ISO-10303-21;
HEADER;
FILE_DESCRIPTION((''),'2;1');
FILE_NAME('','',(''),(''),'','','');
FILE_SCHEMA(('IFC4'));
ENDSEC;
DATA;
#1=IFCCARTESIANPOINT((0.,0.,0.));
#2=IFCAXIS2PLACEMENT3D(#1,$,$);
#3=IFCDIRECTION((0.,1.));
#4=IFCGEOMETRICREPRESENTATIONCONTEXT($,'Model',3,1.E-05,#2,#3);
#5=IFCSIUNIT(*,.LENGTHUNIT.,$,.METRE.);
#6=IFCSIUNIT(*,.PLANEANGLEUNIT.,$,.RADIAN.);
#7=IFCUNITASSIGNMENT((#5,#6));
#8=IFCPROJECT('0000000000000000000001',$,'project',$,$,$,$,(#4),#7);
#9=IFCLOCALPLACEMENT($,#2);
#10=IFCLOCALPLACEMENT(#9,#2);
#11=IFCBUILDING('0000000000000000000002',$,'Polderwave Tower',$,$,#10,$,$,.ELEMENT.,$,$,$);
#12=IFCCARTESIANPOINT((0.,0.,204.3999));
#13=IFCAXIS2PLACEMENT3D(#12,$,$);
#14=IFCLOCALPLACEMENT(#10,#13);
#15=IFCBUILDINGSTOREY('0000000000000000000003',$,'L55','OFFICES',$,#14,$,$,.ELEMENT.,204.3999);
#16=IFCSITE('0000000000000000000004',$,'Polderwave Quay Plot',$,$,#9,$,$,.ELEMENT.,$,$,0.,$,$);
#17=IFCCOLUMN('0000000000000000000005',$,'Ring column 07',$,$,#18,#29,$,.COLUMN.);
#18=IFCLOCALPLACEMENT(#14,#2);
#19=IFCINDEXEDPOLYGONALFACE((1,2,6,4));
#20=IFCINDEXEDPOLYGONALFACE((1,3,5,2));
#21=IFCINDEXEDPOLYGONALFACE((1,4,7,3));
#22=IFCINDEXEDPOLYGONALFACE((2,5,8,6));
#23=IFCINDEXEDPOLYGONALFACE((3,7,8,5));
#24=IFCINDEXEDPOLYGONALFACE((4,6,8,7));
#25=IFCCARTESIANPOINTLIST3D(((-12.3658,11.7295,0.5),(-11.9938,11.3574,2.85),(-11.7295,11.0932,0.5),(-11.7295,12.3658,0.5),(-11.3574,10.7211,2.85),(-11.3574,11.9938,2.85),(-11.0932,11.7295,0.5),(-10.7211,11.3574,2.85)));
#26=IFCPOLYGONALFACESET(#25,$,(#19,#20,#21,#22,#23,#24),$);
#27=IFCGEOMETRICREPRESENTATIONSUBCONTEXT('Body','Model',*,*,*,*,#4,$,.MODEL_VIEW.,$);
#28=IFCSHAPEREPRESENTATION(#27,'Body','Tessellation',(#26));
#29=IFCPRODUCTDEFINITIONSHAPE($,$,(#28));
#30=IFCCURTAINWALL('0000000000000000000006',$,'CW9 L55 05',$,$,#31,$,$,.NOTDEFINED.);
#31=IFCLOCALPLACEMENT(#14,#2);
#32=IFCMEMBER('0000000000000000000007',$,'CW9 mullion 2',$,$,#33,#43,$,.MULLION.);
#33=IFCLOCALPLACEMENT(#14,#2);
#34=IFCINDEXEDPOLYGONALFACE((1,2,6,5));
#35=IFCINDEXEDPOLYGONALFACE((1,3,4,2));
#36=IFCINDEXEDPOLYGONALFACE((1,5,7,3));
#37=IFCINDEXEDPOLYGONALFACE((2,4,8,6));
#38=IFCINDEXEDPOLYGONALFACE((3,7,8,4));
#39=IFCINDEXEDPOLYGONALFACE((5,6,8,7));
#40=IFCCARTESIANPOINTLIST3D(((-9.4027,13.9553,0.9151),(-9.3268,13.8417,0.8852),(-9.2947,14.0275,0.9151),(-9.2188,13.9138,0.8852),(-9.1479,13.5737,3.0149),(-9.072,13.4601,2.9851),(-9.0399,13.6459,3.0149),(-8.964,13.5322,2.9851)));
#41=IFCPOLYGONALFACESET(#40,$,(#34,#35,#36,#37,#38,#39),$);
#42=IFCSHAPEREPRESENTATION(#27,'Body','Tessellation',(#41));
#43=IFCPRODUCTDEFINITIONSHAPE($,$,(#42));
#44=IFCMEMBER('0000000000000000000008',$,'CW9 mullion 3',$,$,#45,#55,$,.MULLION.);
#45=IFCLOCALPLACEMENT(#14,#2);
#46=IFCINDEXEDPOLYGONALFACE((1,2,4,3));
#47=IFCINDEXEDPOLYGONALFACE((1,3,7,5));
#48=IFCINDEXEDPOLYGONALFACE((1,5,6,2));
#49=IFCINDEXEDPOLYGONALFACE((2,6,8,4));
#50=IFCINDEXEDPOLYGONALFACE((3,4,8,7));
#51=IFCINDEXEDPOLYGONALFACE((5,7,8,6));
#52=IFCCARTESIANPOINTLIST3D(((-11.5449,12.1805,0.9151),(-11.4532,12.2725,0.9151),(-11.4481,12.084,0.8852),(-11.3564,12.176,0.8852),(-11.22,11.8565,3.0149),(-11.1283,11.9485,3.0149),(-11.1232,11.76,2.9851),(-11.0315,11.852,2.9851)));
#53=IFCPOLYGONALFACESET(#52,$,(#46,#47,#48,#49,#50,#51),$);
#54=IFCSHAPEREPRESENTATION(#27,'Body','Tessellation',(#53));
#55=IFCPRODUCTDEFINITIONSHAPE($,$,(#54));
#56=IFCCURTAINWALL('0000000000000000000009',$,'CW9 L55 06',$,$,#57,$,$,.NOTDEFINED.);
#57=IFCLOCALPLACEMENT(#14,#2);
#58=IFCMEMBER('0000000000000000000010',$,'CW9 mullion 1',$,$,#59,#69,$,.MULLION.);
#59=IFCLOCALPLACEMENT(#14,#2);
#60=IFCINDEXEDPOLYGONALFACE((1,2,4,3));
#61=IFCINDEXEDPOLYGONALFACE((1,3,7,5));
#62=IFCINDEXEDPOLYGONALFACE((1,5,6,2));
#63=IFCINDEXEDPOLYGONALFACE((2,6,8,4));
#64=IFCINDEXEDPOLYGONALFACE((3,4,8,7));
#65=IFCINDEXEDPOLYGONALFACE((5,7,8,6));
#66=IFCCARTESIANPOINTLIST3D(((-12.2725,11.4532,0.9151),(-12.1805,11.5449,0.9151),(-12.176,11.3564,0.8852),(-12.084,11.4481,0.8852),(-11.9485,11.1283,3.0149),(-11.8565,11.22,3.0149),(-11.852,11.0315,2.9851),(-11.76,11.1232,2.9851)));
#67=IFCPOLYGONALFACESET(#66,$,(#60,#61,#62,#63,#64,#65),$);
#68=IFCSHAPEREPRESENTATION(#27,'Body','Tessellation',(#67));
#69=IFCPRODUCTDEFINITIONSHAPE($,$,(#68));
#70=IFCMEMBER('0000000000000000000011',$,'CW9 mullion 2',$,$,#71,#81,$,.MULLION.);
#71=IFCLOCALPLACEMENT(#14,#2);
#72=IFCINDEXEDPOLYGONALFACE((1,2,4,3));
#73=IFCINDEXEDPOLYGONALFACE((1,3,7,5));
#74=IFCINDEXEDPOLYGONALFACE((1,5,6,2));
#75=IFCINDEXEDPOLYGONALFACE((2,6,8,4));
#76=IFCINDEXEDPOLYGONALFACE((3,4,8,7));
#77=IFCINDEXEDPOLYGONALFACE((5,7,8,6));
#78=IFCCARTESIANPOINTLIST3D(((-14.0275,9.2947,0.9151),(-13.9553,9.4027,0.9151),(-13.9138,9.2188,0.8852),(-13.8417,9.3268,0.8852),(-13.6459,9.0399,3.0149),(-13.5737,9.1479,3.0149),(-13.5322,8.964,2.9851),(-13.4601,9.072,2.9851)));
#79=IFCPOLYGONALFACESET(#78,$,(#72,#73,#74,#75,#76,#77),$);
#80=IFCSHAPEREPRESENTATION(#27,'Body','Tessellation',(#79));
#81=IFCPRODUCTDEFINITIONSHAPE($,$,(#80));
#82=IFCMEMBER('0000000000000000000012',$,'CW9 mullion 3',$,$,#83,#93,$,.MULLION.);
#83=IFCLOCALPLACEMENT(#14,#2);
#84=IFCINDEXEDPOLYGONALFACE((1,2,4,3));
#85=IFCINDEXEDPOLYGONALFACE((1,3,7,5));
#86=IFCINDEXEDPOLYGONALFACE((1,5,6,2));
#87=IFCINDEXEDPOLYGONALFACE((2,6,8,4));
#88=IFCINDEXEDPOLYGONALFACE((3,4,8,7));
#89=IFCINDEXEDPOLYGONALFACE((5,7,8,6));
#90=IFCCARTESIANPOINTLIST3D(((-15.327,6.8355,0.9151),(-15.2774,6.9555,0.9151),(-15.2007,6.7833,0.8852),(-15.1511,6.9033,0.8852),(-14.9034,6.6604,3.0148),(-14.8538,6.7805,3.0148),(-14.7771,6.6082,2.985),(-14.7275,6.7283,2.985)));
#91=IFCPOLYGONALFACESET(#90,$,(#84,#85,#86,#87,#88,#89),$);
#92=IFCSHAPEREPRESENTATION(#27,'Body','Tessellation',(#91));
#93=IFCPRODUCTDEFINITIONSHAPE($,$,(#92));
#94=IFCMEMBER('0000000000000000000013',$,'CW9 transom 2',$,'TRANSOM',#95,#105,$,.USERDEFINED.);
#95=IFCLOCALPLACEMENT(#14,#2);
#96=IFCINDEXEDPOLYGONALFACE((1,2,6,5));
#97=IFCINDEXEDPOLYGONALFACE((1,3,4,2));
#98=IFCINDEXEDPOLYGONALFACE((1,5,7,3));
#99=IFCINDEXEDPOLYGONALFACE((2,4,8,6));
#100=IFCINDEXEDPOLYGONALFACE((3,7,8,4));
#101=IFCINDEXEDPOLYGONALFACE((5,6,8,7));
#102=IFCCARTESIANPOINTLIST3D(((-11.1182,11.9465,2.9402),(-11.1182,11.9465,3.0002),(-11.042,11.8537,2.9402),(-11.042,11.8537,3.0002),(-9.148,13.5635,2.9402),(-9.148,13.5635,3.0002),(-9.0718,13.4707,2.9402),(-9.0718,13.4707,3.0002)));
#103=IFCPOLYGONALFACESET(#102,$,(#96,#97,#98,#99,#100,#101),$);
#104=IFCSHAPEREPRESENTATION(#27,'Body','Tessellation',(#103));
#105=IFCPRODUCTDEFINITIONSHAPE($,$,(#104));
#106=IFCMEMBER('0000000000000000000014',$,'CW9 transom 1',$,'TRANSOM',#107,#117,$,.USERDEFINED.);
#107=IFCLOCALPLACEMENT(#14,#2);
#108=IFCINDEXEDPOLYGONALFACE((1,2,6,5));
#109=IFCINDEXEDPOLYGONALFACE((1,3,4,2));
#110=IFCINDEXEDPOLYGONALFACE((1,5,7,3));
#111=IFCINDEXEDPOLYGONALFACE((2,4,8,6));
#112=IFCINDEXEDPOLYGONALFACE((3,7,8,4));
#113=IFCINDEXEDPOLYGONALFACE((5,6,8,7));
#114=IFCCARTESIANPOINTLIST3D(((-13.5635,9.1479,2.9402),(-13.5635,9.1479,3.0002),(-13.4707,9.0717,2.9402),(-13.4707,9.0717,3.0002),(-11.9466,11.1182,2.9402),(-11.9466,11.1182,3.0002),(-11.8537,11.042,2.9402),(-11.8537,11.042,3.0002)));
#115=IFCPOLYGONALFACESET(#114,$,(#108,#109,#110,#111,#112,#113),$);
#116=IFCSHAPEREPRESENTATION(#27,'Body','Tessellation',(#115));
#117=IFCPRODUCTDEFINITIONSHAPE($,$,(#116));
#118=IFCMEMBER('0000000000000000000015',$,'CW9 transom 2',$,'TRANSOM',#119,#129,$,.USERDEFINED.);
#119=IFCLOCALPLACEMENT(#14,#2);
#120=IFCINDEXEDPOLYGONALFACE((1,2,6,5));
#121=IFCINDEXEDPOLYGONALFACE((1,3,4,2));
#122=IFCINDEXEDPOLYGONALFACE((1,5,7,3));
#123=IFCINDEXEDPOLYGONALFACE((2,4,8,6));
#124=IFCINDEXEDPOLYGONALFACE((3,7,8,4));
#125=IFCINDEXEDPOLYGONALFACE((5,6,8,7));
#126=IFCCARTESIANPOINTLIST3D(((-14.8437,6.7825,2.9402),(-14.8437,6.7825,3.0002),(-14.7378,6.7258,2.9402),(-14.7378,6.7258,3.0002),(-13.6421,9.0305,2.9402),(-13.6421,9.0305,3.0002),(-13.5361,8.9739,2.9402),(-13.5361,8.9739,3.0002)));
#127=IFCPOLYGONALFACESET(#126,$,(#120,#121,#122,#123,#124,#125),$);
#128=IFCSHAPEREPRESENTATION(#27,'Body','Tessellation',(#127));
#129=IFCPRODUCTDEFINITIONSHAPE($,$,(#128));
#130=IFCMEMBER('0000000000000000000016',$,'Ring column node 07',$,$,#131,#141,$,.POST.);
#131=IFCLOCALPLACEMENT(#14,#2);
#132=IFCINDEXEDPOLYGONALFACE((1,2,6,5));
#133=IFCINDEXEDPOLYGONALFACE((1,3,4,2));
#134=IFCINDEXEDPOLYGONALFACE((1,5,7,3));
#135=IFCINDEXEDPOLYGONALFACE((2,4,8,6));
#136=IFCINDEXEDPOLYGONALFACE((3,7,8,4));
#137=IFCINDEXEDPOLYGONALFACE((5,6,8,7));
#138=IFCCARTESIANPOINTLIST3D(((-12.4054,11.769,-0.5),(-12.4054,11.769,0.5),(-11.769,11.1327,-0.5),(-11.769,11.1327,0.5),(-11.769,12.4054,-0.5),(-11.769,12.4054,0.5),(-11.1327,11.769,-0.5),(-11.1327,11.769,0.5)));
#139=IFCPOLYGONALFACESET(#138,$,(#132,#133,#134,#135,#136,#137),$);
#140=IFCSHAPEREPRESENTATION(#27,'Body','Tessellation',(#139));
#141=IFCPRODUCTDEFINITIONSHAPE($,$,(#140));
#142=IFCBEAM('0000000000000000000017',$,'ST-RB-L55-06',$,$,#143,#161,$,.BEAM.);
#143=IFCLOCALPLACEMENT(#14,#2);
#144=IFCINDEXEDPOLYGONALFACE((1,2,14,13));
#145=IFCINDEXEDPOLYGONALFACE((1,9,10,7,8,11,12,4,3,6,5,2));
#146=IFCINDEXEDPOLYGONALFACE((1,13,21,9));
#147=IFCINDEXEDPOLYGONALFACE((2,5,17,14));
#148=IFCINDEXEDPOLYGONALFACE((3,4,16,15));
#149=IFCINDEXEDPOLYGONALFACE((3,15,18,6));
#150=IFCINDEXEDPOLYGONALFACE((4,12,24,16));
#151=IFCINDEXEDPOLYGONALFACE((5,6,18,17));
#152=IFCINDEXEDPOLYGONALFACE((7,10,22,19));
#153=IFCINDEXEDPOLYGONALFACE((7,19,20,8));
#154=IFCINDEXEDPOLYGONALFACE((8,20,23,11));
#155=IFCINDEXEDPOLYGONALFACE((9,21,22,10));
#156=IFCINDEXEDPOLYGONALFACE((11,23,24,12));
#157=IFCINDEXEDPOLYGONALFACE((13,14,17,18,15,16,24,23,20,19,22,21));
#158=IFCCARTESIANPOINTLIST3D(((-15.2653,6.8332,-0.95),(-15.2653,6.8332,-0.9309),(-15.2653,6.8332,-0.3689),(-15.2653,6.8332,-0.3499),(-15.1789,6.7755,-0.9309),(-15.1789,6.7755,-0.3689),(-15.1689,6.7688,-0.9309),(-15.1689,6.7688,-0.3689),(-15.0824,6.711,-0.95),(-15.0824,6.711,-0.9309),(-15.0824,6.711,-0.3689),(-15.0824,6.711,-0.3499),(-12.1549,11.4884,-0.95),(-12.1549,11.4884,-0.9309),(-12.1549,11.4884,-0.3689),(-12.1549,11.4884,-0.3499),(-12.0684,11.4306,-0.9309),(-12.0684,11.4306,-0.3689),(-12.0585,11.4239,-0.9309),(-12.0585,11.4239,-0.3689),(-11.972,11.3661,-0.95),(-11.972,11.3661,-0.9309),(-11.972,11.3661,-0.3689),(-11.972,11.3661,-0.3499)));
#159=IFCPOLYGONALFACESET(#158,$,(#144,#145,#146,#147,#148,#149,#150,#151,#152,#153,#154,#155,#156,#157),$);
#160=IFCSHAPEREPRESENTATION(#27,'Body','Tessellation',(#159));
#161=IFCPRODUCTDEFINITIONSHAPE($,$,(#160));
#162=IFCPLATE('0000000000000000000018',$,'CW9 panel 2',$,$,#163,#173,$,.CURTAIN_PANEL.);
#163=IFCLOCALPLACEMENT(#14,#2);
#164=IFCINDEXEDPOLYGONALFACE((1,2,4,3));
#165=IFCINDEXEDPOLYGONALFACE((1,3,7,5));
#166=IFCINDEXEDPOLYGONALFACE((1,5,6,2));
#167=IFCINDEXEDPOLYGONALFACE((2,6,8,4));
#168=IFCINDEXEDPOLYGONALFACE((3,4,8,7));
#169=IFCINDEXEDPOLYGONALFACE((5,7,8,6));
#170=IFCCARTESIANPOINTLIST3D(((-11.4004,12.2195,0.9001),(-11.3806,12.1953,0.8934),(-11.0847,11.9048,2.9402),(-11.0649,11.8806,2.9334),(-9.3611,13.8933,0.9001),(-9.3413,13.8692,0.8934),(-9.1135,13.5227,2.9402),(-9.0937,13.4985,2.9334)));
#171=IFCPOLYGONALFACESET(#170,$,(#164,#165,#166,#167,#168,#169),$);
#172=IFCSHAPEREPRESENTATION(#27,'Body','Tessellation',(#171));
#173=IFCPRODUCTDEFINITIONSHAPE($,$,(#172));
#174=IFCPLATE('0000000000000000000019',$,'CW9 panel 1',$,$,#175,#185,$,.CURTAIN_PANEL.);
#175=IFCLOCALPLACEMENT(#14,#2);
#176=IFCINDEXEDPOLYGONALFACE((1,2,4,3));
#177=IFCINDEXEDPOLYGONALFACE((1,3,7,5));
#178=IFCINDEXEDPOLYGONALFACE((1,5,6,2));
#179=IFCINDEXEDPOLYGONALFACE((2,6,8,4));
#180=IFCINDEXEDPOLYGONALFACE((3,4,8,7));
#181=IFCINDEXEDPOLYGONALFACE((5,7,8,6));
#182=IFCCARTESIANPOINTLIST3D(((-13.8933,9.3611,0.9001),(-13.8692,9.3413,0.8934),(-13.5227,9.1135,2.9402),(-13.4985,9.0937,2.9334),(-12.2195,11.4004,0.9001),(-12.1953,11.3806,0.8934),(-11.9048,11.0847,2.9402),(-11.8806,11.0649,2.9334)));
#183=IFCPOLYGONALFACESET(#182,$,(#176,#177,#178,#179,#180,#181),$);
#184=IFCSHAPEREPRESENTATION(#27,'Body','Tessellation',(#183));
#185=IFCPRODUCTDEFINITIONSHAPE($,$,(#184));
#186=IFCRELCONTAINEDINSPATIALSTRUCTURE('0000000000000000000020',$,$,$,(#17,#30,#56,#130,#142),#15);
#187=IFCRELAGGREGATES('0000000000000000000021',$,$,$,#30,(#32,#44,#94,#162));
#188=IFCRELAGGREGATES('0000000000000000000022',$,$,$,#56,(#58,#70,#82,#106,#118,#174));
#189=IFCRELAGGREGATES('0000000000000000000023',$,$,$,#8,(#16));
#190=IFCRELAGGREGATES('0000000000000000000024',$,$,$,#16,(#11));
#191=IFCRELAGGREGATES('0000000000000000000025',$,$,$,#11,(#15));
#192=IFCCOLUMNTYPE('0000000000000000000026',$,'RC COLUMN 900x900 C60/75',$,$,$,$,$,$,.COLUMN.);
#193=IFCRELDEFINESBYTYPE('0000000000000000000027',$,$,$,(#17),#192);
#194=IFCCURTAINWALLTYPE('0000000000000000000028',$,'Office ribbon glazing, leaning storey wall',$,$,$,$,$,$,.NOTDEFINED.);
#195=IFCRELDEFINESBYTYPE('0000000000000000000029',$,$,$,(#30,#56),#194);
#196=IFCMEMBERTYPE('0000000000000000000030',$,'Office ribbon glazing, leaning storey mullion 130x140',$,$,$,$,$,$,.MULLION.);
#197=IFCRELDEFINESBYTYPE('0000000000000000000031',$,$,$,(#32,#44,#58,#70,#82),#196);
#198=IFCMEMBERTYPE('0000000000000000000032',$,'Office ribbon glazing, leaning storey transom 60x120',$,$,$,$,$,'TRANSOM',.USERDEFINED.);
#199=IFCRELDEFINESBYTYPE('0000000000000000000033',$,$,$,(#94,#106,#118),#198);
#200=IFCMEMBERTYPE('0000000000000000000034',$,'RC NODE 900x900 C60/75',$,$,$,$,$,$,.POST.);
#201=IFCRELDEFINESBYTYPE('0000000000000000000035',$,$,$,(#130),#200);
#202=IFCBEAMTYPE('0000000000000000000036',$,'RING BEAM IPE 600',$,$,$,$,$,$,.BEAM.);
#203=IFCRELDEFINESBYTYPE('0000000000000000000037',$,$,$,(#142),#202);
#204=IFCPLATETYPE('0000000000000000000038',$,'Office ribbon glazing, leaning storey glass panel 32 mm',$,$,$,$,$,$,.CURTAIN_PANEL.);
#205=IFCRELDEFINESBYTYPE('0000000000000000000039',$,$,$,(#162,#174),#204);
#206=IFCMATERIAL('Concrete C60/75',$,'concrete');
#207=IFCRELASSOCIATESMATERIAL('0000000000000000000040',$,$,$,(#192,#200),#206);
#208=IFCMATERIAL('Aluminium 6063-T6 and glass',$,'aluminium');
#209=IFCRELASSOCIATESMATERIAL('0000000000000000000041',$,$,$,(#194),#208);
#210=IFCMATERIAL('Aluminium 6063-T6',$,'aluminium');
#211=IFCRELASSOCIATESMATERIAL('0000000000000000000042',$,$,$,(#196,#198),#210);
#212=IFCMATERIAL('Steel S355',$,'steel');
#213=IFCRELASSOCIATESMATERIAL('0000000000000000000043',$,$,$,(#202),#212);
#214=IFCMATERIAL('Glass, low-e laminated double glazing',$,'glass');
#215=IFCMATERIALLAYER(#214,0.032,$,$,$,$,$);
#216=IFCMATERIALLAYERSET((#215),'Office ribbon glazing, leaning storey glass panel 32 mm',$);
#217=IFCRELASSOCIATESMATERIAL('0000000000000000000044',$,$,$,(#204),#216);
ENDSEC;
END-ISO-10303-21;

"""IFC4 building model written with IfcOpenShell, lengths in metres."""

from ifc_helpers import new_model, si_unit, direction, frame, origin, origin_2d, place, context, subcontext, project, spatial, polyline, rectangle, i_section, outline, extrude, material, layer, layer_set, material_profile, profile_set, type_object, element, aggregate, save


model = new_model("IFC4")

# Units and contexts
model_context = context("Model", 3, precision=1e-05, world=origin(), true_north=direction((0.0, 1.0)))
body_context = subcontext(model_context, "Body", "Model", "MODEL_VIEW")
ifc_project = project(units=[si_unit("LENGTHUNIT", "METRE"), si_unit("PLANEANGLEUNIT", "RADIAN")], contexts=[model_context])

# Site, building, storey
site_placement = place(None, origin())
site = spatial("IfcSite", under=ifc_project, at=site_placement, Name="Polderwave Quay Plot", CompositionType="ELEMENT", RefElevation=0.0)
building_placement = place(site_placement, origin())
building = spatial("IfcBuilding", under=site, at=building_placement, Name="Polderwave Tower", CompositionType="ELEMENT")
storey_placement = place(building_placement, frame((0.0, 0.0, 204.3999)))
storey = spatial("IfcBuildingStorey", under=building, at=storey_placement, Name="L55", Description="OFFICES", CompositionType="ELEMENT", Elevation=204.3999)

# Column
ifc_material_1 = material(Name="Concrete C60/75", Category="concrete")
ifc_material_profile_1 = material_profile(ifc_material_1, rectangle(XDim=0.8999, YDim=0.8999, at=origin_2d()), Name="RC 900x900")
ifc_profile_set_1 = profile_set([ifc_material_profile_1], Name="Concrete C60/75")
column_type = type_object("IfcColumnType", Name="RC COLUMN 900x900 C60/75", PredefinedType="COLUMN", material=ifc_profile_set_1)
column_placement = place(storey_placement, frame((-11.7295, 11.7295, 0.5), z_axis=(0.0, 0.0, 1.0), x_axis=(0.707107, 0.707107, 0.0)))
element("IfcColumn", 1, at=column_placement, inside=storey, type_object=column_type, Name="Ring column 07", PredefinedType="COLUMN", context=body_context, shape_type="SweptSolid", body=[
    extrude(rectangle(XDim=0.8999, YDim=0.8999, at=origin_2d()), origin(), (0.0, -0.21849, 0.975839), 2.4082),
])

# Curtain walls, members
ifc_material_2 = material(Name="Aluminium 6063-T6 and glass", Category="aluminium")
curtain_wall_type = type_object("IfcCurtainWallType", Name="Office ribbon glazing, leaning storey wall", PredefinedType="NOTDEFINED", material=ifc_material_2)
curtain_wall_1_placement = place(storey_placement, origin())
curtain_wall_1 = element("IfcCurtainWall", 2, at=curtain_wall_1_placement, inside=storey, type_object=curtain_wall_type, Name="CW9 L55 05", PredefinedType="NOTDEFINED")
ifc_material_3 = material(Name="Aluminium 6063-T6", Category="aluminium")
ifc_material_profile_2 = material_profile(ifc_material_3, rectangle(XDim=0.1299, YDim=0.1399, at=origin_2d()), Name="AL 130x140")
ifc_profile_set_2 = profile_set([ifc_material_profile_2], Name="Aluminium 6063-T6")
member_type_1 = type_object("IfcMemberType", Name="Office ribbon glazing, leaning storey mullion 130x140", PredefinedType="MULLION", material=ifc_profile_set_2)
member_1_placement = place(storey_placement, frame((-9.3108, 13.9346, 0.9001), z_axis=(0.118583, -0.177533, 0.976944), x_axis=(0.831559, 0.555437, 0.0)))
member_1 = element("IfcMember", 3, at=member_1_placement, type_object=member_type_1, Name="CW9 mullion 2", PredefinedType="MULLION", context=body_context, shape_type="SweptSolid", body=[
    extrude(rectangle(XDim=0.1299, YDim=0.1399, at=origin_2d()), origin(), (0.0, 0.0, 1.0), 2.1494),
])
member_2_placement = place(storey_placement, frame((-11.4507, 12.1782, 0.9001), z_axis=(0.151182, -0.150728, 0.976947), x_axis=(0.706042, 0.70817, 0.0)))
member_2 = element("IfcMember", 4, at=member_2_placement, type_object=member_type_1, Name="CW9 mullion 3", PredefinedType="MULLION", context=body_context, shape_type="SweptSolid", body=[
    extrude(rectangle(XDim=0.1299, YDim=0.1399, at=origin_2d()), origin(), (0.0, 0.0, 1.0), 2.1494),
])
curtain_wall_2_placement = place(storey_placement, origin())
curtain_wall_2 = element("IfcCurtainWall", 5, at=curtain_wall_2_placement, inside=storey, type_object=curtain_wall_type, Name="CW9 L55 06", PredefinedType="NOTDEFINED")
member_3_placement = place(storey_placement, frame((-12.1782, 11.4507, 0.9001), z_axis=(0.150728, -0.151182, 0.976947), x_axis=(0.70817, 0.706042, 0.0)))
member_3 = element("IfcMember", 6, at=member_3_placement, type_object=member_type_1, Name="CW9 mullion 1", PredefinedType="MULLION", context=body_context, shape_type="SweptSolid", body=[
    extrude(rectangle(XDim=0.1299, YDim=0.1399, at=origin_2d()), origin(), (0.0, 0.0, 1.0), 2.1494),
])
member_4_placement = place(storey_placement, frame((-13.9346, 9.3108, 0.9001), z_axis=(0.177533, -0.118583, 0.976944), x_axis=(0.555437, 0.831559, 0.0)))
member_4 = element("IfcMember", 7, at=member_4_placement, type_object=member_type_1, Name="CW9 mullion 2", PredefinedType="MULLION", context=body_context, shape_type="SweptSolid", body=[
    extrude(rectangle(XDim=0.1299, YDim=0.1399, at=origin_2d()), origin(), (0.0, 0.0, 1.0), 2.1494),
])
member_5_placement = place(storey_placement, frame((-15.239, 6.8694, 0.9001), z_axis=(0.197081, -0.081445, 0.976998), x_axis=(0.381928, 0.924192, 0.0)))
member_5 = element("IfcMember", 8, at=member_5_placement, type_object=member_type_1, Name="CW9 mullion 3", PredefinedType="MULLION", context=body_context, shape_type="SweptSolid", body=[
    extrude(rectangle(XDim=0.1299, YDim=0.1399, at=origin_2d()), origin(), (0.0, 0.0, 1.0), 2.1492),
])

# Members
ifc_material_profile_3 = material_profile(ifc_material_3, rectangle(XDim=0.1201, YDim=0.0601, at=origin_2d()), Name="AL 60x120")
ifc_profile_set_3 = profile_set([ifc_material_profile_3], Name="Aluminium 6063-T6")
member_type_2 = type_object("IfcMemberType", Name="Office ribbon glazing, leaning storey transom 60x120", ElementType="TRANSOM", PredefinedType="USERDEFINED", material=ifc_profile_set_3)
member_6_placement = place(storey_placement, frame((-9.1099, 13.5171, 2.9702), z_axis=(-0.773005, -0.6344, 0.0), x_axis=(0.6344, -0.773005, 0.0)))
member_6 = element("IfcMember", 9, at=member_6_placement, type_object=member_type_2, Name="CW9 transom 2", ObjectType="TRANSOM", PredefinedType="USERDEFINED", context=body_context, shape_type="SweptSolid", body=[
    extrude(rectangle(XDim=0.1201, YDim=0.0601, at=origin_2d()), origin(), (0.0, 0.0, 1.0), 2.5488),
])
member_7_placement = place(storey_placement, frame((-11.9001, 11.0801, 2.9702), z_axis=(-0.6344, -0.773005, 0.0), x_axis=(0.773005, -0.6344, 0.0)))
member_7 = element("IfcMember", 10, at=member_7_placement, type_object=member_type_2, Name="CW9 transom 1", ObjectType="TRANSOM", PredefinedType="USERDEFINED", context=body_context, shape_type="SweptSolid", body=[
    extrude(rectangle(XDim=0.1201, YDim=0.0601, at=origin_2d()), origin(), (0.0, 0.0, 1.0), 2.5488),
])
member_8_placement = place(storey_placement, frame((-13.5891, 9.0022, 2.9702), z_axis=(-0.471413, -0.881912, 0.0), x_axis=(0.881912, -0.471413, 0.0)))
member_8 = element("IfcMember", 11, at=member_8_placement, type_object=member_type_2, Name="CW9 transom 2", ObjectType="TRANSOM", PredefinedType="USERDEFINED", context=body_context, shape_type="SweptSolid", body=[
    extrude(rectangle(XDim=0.1201, YDim=0.0601, at=origin_2d()), origin(), (0.0, 0.0, 1.0), 2.5491),
])
ifc_material_profile_4 = material_profile(ifc_material_1, rectangle(XDim=0.8999, YDim=0.8999, at=origin_2d()), Name="RC 900x900")
ifc_profile_set_4 = profile_set([ifc_material_profile_4], Name="Concrete C60/75")
member_type_3 = type_object("IfcMemberType", Name="RC NODE 900x900 C60/75", PredefinedType="POST", material=ifc_profile_set_4)
member_9_placement = place(storey_placement, frame((-11.769, 11.769, -0.5), z_axis=(0.0, 0.0, 1.0), x_axis=(-0.707107, 0.707107, 0.0)))
element("IfcMember", 12, at=member_9_placement, inside=storey, type_object=member_type_3, Name="Ring column node 07", PredefinedType="POST", context=body_context, shape_type="SweptSolid", body=[
    extrude(rectangle(XDim=0.8999, YDim=0.8999, at=origin_2d()), origin(), (0.0, 0.0, 1.0), 1.0),
])

# Beam
ifc_material_4 = material(Name="Steel S355", Category="steel")
ifc_material_profile_5 = material_profile(ifc_material_4, i_section(OverallWidth=0.22, OverallDepth=0.6001, WebThickness=0.012, FlangeThickness=0.019, at=origin_2d()), Name="IPE 600")
ifc_profile_set_5 = profile_set([ifc_material_profile_5], Name="Steel S355")
beam_type = type_object("IfcBeamType", Name="RING BEAM IPE 600", PredefinedType="BEAM", material=ifc_profile_set_5)
beam_placement = place(storey_placement, frame((-12.0635, 11.4272, -0.6499), z_axis=(-0.555565, -0.831473, 0.0), x_axis=(0.831473, -0.555565, 0.0)))
element("IfcBeam", 13, at=beam_placement, inside=storey, type_object=beam_type, Name="ST-RB-L55-06", PredefinedType="BEAM", context=body_context, shape_type="SweptSolid", body=[
    extrude(i_section(OverallWidth=0.22, OverallDepth=0.6001, WebThickness=0.012, FlangeThickness=0.019, at=origin_2d()), origin(), (0.0, 0.0, 1.0), 5.5986),
])

# Plates
ifc_material_5 = material(Name="Glass, low-e laminated double glazing", Category="glass")
ifc_layer_1 = layer(ifc_material_5, 0.032)
ifc_layer_set_1 = layer_set([ifc_layer_1], Name="Office ribbon glazing, leaning storey glass panel 32 mm")
plate_type = type_object("IfcPlateType", Name="Office ribbon glazing, leaning storey glass panel 32 mm", PredefinedType="CURTAIN_PANEL", material=ifc_layer_set_1)
plate_1_placement = place(storey_placement, frame((-9.3611, 13.8933, 0.9001), z_axis=(-0.619958, 0.755326, 0.212449), x_axis=(-0.772971, -0.634441, 0.0)))
plate_1 = element("IfcPlate", 14, at=plate_1_placement, type_object=plate_type, Name="CW9 panel 2", PredefinedType="CURTAIN_PANEL", context=body_context, shape_type="SweptSolid", body=[
    extrude(outline(polyline([(0.0, 0.0), (2.6383, 0.0), (2.5939, 2.0877), (0.0438, 2.0877), (0.0, 0.0)])), origin(), (0.0, 0.0, -1.0), 0.032),
])
aggregate(curtain_wall_1, [member_1, member_2, member_6, plate_1])
plate_2_placement = place(storey_placement, frame((-12.2195, 11.4004, 0.9001), z_axis=(-0.755326, 0.619958, 0.212449), x_axis=(-0.634441, -0.772971, 0.0)))
plate_2 = element("IfcPlate", 15, at=plate_2_placement, type_object=plate_type, Name="CW9 panel 1", PredefinedType="CURTAIN_PANEL", context=body_context, shape_type="SweptSolid", body=[
    extrude(outline(polyline([(0.0, 0.0), (2.6383, 0.0), (2.5945, 2.0877), (0.0443, 2.0877), (0.0, 0.0)])), origin(), (0.0, 0.0, -1.0), 0.032),
])
aggregate(curtain_wall_2, [member_3, member_4, member_5, member_7, member_8, plate_2])

save(model, "model.ifc")
